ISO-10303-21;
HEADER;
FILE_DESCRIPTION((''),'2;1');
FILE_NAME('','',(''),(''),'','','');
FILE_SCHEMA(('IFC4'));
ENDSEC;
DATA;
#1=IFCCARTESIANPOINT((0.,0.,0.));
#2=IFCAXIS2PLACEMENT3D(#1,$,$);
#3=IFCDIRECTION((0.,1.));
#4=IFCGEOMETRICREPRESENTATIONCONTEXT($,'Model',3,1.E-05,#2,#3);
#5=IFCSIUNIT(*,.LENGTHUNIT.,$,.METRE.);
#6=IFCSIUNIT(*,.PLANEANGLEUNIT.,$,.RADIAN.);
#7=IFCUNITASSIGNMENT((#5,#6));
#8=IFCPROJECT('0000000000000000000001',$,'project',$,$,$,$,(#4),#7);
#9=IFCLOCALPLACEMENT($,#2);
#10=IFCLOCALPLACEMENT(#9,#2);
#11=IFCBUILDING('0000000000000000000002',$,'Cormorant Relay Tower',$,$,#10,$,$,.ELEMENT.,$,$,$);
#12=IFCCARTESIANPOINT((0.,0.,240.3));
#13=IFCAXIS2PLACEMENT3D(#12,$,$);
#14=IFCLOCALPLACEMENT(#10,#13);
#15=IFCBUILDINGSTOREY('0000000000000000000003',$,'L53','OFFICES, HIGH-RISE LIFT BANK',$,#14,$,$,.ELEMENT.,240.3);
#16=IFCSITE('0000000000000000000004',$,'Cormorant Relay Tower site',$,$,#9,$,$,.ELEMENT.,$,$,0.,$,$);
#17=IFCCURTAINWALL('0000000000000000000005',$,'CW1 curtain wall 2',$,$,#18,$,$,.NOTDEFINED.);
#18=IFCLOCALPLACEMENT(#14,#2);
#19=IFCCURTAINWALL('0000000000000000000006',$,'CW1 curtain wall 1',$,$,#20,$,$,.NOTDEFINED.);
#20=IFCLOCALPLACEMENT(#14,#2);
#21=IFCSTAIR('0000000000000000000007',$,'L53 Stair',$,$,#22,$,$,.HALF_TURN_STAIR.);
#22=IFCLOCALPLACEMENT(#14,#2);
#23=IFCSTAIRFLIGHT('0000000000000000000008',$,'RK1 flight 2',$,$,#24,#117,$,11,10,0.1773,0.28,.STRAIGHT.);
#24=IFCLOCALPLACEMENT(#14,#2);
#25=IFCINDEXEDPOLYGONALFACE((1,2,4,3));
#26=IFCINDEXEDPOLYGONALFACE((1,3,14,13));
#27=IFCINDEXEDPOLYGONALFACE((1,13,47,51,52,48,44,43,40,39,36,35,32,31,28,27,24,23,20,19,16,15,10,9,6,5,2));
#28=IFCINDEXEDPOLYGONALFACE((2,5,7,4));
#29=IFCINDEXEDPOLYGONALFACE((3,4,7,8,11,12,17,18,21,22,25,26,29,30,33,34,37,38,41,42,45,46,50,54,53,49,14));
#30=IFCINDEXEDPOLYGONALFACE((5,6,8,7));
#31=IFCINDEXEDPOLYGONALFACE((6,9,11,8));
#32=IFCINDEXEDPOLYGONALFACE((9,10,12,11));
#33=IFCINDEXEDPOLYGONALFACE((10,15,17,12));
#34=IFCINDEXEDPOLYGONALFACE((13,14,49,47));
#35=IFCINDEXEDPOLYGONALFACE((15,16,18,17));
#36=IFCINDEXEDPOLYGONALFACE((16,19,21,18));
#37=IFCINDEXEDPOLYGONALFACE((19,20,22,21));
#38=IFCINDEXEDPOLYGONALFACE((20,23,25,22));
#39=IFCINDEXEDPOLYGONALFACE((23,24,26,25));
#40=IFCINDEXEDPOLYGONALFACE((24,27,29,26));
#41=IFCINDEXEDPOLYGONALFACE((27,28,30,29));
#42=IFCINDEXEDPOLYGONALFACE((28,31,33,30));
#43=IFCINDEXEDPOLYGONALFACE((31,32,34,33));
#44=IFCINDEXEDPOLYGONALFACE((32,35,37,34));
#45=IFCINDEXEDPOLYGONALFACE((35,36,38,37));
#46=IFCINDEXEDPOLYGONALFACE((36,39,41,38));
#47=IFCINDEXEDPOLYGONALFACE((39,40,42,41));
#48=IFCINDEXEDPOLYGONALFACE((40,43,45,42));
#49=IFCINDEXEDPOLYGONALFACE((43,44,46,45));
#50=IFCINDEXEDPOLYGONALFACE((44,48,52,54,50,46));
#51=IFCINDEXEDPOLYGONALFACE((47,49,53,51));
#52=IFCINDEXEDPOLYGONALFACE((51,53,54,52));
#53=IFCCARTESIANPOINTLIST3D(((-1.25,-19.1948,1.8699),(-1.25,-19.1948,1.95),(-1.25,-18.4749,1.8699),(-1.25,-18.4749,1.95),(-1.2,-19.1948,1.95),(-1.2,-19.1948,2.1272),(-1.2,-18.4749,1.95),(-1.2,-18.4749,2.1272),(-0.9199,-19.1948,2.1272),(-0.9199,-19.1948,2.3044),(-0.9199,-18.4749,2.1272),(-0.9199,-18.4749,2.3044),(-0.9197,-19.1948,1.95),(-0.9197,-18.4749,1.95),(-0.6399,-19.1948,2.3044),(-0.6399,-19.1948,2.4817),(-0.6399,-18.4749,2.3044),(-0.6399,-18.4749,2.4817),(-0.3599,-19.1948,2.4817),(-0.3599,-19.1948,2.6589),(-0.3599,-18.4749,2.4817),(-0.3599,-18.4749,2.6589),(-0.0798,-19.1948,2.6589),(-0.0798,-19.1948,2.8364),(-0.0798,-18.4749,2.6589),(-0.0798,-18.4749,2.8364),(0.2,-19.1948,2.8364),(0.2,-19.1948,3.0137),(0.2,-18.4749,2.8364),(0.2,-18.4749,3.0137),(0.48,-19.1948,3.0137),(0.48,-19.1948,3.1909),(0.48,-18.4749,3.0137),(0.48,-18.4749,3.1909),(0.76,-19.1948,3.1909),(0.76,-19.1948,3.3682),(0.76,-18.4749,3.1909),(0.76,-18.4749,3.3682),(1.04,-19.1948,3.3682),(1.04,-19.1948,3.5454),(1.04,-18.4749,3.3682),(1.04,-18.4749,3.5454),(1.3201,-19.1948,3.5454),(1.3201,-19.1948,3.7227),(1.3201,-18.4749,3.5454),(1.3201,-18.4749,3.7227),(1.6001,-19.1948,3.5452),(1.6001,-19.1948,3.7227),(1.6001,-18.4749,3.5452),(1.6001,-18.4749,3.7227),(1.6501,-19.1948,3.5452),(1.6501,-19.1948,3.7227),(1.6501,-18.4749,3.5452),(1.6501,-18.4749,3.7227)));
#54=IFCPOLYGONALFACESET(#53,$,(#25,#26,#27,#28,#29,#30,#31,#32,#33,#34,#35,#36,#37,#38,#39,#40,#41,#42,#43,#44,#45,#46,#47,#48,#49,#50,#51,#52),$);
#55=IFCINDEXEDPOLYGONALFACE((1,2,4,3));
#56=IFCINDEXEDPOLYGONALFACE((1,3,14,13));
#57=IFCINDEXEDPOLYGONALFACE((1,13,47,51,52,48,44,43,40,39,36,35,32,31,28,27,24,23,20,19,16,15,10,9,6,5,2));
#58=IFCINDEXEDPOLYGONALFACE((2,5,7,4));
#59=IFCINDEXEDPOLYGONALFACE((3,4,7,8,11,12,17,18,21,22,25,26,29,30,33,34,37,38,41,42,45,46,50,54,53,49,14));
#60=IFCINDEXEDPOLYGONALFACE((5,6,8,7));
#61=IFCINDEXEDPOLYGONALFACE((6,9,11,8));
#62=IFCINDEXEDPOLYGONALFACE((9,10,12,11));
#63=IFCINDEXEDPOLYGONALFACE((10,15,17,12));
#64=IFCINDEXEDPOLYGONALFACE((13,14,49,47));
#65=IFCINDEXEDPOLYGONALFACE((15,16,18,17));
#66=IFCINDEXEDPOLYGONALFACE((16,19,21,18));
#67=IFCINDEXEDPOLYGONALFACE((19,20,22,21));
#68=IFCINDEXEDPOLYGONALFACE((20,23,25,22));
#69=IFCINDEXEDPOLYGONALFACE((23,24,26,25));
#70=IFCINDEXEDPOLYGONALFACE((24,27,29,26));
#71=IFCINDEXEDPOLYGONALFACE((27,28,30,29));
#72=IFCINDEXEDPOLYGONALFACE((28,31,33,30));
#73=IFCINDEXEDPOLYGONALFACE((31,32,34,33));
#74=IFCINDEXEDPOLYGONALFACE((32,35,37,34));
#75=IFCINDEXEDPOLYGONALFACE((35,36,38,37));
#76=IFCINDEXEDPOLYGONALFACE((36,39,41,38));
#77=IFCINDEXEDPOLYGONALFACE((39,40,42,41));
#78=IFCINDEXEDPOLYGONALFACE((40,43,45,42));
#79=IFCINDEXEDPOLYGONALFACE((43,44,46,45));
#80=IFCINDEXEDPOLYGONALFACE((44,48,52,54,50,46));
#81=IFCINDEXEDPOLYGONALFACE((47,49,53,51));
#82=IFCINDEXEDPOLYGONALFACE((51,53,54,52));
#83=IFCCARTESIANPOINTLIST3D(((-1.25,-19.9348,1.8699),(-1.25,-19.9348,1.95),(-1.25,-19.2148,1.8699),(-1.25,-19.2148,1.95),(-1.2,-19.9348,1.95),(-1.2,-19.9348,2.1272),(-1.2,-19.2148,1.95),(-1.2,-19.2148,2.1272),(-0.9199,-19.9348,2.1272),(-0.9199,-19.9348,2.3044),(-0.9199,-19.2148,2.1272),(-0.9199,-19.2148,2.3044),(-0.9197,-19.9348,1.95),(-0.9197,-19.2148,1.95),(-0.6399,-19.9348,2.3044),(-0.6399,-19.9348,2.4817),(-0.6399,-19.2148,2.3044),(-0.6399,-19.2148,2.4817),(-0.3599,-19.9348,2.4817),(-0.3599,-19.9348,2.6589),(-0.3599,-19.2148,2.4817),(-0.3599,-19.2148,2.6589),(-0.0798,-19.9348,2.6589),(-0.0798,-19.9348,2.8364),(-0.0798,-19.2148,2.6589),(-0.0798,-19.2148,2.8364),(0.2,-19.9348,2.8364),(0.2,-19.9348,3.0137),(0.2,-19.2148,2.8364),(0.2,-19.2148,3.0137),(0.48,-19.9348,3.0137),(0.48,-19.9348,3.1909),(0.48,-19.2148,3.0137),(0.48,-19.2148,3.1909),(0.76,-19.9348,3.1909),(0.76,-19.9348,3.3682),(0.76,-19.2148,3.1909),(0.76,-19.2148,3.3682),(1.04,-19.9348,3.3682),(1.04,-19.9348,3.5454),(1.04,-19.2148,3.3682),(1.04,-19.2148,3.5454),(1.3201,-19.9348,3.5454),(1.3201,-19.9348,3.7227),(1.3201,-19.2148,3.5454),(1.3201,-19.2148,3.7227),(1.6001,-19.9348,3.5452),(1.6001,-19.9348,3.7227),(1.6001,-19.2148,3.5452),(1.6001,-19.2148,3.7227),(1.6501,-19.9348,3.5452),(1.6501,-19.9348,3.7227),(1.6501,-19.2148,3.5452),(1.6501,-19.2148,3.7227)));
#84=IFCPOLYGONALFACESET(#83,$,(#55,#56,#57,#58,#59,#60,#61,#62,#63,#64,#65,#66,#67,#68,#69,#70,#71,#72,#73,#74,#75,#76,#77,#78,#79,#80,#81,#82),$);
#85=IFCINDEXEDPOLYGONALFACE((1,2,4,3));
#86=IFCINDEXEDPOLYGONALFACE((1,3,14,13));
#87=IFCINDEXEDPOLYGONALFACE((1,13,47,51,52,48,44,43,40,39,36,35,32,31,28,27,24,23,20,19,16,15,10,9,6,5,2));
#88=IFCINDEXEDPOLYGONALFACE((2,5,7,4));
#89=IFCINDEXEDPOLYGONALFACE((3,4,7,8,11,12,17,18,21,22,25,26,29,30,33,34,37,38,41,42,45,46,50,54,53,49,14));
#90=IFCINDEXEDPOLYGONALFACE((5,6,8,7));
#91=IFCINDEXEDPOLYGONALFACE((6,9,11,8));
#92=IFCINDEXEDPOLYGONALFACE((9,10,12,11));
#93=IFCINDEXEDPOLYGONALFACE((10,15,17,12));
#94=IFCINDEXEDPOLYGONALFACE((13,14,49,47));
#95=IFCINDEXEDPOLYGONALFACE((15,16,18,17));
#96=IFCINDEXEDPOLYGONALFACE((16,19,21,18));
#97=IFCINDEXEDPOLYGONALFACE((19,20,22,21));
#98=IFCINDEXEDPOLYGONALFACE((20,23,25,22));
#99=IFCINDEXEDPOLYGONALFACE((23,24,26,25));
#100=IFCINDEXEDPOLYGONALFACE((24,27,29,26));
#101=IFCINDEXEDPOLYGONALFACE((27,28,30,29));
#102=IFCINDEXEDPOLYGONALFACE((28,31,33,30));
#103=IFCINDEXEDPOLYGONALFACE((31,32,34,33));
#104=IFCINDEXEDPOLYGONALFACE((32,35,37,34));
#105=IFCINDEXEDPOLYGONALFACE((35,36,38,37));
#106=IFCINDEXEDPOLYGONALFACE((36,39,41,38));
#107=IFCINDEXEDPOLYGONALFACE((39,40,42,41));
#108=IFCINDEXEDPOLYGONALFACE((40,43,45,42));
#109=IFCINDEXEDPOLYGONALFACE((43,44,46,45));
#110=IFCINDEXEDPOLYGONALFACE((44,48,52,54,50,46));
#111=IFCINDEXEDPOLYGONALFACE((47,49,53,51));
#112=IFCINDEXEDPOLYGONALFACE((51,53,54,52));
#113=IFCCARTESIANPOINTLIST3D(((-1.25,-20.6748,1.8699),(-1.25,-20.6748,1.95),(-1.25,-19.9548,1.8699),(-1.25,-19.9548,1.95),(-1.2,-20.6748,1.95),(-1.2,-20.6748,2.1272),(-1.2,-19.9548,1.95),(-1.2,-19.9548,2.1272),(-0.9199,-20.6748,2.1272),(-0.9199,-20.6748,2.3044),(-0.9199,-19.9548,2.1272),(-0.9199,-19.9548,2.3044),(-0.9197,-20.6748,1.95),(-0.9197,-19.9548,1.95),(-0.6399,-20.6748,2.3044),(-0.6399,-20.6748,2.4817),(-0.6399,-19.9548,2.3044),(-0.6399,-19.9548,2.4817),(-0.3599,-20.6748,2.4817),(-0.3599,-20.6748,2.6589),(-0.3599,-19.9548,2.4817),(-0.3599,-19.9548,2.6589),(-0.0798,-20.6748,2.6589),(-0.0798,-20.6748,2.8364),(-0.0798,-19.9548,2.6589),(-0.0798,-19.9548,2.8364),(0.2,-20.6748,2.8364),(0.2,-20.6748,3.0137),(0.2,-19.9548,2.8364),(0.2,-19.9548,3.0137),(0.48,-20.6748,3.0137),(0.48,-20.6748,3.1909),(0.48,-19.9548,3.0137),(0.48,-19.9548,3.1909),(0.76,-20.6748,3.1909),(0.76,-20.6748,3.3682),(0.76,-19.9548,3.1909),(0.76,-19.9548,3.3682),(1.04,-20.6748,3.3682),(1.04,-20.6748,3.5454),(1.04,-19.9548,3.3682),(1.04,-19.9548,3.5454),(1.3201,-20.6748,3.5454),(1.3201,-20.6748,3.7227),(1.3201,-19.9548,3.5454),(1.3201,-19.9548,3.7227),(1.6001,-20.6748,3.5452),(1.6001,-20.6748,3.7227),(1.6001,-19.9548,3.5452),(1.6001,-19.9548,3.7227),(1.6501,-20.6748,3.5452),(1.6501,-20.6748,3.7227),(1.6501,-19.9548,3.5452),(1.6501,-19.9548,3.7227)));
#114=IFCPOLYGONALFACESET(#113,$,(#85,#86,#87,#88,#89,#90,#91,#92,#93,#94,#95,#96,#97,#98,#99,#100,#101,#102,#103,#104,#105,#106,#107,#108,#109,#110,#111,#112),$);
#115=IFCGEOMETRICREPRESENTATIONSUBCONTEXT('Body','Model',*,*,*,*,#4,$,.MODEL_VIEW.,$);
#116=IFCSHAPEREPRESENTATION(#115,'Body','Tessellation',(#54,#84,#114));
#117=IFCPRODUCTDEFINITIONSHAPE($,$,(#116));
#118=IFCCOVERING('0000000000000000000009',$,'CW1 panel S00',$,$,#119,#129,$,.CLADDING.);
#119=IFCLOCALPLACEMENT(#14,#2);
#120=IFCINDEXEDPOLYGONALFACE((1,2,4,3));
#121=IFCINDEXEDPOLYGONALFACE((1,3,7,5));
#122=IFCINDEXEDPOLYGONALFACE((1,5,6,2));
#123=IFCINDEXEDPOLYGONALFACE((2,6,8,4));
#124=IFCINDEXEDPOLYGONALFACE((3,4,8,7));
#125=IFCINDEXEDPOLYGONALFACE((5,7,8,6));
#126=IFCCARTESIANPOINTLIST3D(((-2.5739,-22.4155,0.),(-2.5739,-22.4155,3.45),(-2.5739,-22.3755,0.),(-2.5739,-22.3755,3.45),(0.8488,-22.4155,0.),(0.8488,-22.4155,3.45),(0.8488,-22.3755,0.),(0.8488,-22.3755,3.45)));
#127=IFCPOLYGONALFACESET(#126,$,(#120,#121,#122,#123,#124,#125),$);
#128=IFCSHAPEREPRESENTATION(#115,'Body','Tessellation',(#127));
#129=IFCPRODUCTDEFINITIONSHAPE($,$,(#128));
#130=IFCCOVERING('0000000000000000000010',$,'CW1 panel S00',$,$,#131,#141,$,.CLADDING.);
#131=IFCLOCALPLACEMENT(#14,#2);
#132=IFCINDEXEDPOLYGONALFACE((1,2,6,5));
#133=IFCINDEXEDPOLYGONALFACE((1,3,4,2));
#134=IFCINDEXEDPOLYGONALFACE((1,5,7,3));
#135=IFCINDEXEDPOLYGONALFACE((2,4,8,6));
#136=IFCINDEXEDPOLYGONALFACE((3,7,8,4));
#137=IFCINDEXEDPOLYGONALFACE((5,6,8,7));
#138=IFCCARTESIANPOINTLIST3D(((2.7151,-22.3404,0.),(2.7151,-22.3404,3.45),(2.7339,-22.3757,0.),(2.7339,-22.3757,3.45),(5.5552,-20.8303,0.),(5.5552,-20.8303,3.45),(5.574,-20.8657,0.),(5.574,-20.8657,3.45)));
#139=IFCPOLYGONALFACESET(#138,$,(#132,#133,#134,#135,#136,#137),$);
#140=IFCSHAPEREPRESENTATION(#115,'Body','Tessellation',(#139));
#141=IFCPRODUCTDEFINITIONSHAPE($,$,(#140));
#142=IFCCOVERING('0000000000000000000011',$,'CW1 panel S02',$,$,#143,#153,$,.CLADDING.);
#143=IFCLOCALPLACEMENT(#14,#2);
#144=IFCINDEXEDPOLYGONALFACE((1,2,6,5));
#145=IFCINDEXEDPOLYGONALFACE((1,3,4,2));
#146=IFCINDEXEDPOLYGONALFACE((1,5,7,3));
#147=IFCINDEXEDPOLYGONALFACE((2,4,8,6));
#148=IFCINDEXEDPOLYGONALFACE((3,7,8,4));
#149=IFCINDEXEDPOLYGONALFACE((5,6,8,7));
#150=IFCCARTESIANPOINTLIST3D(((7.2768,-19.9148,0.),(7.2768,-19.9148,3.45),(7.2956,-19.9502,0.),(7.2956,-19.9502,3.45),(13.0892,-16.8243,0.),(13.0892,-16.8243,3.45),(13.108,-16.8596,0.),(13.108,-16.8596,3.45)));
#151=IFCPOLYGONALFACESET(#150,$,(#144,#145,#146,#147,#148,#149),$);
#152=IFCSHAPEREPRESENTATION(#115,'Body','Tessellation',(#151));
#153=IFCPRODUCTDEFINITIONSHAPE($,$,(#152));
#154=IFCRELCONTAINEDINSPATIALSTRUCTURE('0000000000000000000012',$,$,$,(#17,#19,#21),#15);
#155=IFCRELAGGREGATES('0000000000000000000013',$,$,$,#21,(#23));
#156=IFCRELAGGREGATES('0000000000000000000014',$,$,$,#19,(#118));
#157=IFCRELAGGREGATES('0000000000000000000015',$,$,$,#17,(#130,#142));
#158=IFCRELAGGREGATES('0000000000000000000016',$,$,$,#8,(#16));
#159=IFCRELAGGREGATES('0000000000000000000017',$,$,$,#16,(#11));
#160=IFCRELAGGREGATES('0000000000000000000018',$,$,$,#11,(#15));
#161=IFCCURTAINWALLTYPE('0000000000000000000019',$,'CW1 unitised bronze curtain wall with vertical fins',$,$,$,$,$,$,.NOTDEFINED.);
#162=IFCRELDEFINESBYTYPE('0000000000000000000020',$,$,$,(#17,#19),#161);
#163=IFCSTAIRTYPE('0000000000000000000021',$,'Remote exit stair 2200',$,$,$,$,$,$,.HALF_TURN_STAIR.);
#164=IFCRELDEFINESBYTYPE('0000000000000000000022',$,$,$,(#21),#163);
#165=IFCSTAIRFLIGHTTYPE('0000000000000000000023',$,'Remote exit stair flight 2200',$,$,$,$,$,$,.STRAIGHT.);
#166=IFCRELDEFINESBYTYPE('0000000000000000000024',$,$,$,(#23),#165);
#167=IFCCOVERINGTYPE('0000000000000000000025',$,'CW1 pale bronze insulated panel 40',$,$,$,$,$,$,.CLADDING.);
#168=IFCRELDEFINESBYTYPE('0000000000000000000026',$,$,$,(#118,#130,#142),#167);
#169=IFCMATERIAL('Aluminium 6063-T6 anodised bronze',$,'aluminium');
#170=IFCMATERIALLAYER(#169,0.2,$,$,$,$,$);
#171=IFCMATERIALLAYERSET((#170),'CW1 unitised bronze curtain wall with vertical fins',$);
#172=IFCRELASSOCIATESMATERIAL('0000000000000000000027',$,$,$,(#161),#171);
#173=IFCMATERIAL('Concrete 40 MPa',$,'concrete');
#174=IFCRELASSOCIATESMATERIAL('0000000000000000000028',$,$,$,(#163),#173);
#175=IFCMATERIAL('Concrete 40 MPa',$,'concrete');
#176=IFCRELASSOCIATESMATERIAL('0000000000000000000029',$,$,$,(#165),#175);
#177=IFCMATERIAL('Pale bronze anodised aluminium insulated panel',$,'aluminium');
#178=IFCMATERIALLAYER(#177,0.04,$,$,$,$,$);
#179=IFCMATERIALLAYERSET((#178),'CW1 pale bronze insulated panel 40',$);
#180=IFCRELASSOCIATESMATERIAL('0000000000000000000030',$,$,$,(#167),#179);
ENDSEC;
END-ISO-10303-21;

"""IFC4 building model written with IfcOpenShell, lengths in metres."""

from ifc_helpers import new_model, si_unit, direction, frame, origin, origin_2d, place, context, subcontext, project, spatial, polyline, rectangle, outline, extrude, material, layer, layer_set, type_object, element, aggregate, save


model = new_model("IFC4")

# Units and contexts
model_context = context("Model", 3, precision=1e-05, world=origin(), true_north=direction((0.0, 1.0)))
body_context = subcontext(model_context, "Body", "Model", "MODEL_VIEW")
ifc_project = project(units=[si_unit("LENGTHUNIT", "METRE"), si_unit("PLANEANGLEUNIT", "RADIAN")], contexts=[model_context])

# Site, building, storey
site_placement = place(None, origin())
site = spatial("IfcSite", under=ifc_project, at=site_placement, Name="Cormorant Relay Tower site", CompositionType="ELEMENT", RefElevation=0.0)
building_placement = place(site_placement, origin())
building = spatial("IfcBuilding", under=site, at=building_placement, Name="Cormorant Relay Tower", CompositionType="ELEMENT")
storey_placement = place(building_placement, frame((0.0, 0.0, 240.3)))
storey = spatial("IfcBuildingStorey", under=building, at=storey_placement, Name="L53", Description="OFFICES, HIGH-RISE LIFT BANK", CompositionType="ELEMENT", Elevation=240.3)

# Curtain wall
ifc_material_1 = material(Name="Aluminium 6063-T6 anodised bronze", Category="aluminium")
ifc_layer_1 = layer(ifc_material_1, 0.2)
ifc_layer_set_1 = layer_set([ifc_layer_1], Name="CW1 unitised bronze curtain wall with vertical fins")
curtain_wall_type = type_object("IfcCurtainWallType", Name="CW1 unitised bronze curtain wall with vertical fins", PredefinedType="NOTDEFINED", material=ifc_layer_set_1)
curtain_wall_1_placement = place(storey_placement, origin())
curtain_wall_1 = element("IfcCurtainWall", 1, at=curtain_wall_1_placement, inside=storey, type_object=curtain_wall_type, Name="CW1 curtain wall 2", PredefinedType="NOTDEFINED")

# Curtain wall
curtain_wall_2_placement = place(storey_placement, origin())
curtain_wall_2 = element("IfcCurtainWall", 2, at=curtain_wall_2_placement, inside=storey, type_object=curtain_wall_type, Name="CW1 curtain wall 1", PredefinedType="NOTDEFINED")

# Stair, stair flight
ifc_material_2 = material(Name="Concrete 40 MPa", Category="concrete")
stair_type = type_object("IfcStairType", Name="Remote exit stair 2200", PredefinedType="HALF_TURN_STAIR", material=ifc_material_2)
stair_placement = place(storey_placement, origin())
stair = element("IfcStair", 3, at=stair_placement, inside=storey, type_object=stair_type, Name="L53 Stair", PredefinedType="HALF_TURN_STAIR")
ifc_material_3 = material(Name="Concrete 40 MPa", Category="concrete")
stair_flight_type = type_object("IfcStairFlightType", Name="Remote exit stair flight 2200", PredefinedType="STRAIGHT", material=ifc_material_3)
stair_flight_1_placement = place(storey_placement, frame((-1.2, -19.575, 1.95), z_axis=(0.0, 0.0, 1.0), x_axis=(1.0, 0.0, 0.0)))
stair_flight_1 = element("IfcStairFlight", 4, at=stair_flight_1_placement, type_object=stair_flight_type, Name="RK1 flight 2", NumberOfRisers=11, NumberOfTreads=10, PredefinedType="STRAIGHT", RiserHeight=0.1773, TreadLength=0.28, context=body_context, shape_type="SweptSolid", body=[
    extrude(outline(polyline([(-0.05, -0.0801), (-0.05, 0.0), (0.0, 0.0), (0.0, 0.1772), (0.28, 0.1772), (0.28, 0.3545), (0.5601, 0.3545), (0.5601, 0.5317), (0.8401, 0.5317), (0.8401, 0.709), (1.1201, 0.709), (1.1201, 0.8865), (1.3999, 0.8865), (1.3999, 1.0637), (1.6799, 1.0637), (1.6799, 1.241), (1.96, 1.241), (1.96, 1.4182), (2.24, 1.4182), (2.24, 1.5955), (2.52, 1.5955), (2.52, 1.7727), (2.8, 1.7727), (2.8501, 1.7727), (2.8501, 1.5952), (2.8, 1.5952), (0.2803, 0.0), (-0.05, -0.0801)])), frame((0.0, 1.1001, 0.0), z_axis=(0.0, -1.0, 0.0), x_axis=(1.0, 0.0, 0.0)), (0.0, 0.0, 1.0), 0.72),
    extrude(outline(polyline([(-0.05, -0.0801), (-0.05, 0.0), (0.0, 0.0), (0.0, 0.1772), (0.28, 0.1772), (0.28, 0.3545), (0.5601, 0.3545), (0.5601, 0.5317), (0.8401, 0.5317), (0.8401, 0.709), (1.1201, 0.709), (1.1201, 0.8865), (1.3999, 0.8865), (1.3999, 1.0637), (1.6799, 1.0637), (1.6799, 1.241), (1.96, 1.241), (1.96, 1.4182), (2.24, 1.4182), (2.24, 1.5955), (2.52, 1.5955), (2.52, 1.7727), (2.8, 1.7727), (2.8501, 1.7727), (2.8501, 1.5952), (2.8, 1.5952), (0.2803, 0.0), (-0.05, -0.0801)])), frame((0.0, 0.3601, 0.0), z_axis=(0.0, -1.0, 0.0), x_axis=(1.0, 0.0, 0.0)), (0.0, 0.0, 1.0), 0.72),
    extrude(outline(polyline([(-0.05, -0.0801), (-0.05, 0.0), (0.0, 0.0), (0.0, 0.1772), (0.28, 0.1772), (0.28, 0.3545), (0.5601, 0.3545), (0.5601, 0.5317), (0.8401, 0.5317), (0.8401, 0.709), (1.1201, 0.709), (1.1201, 0.8865), (1.3999, 0.8865), (1.3999, 1.0637), (1.6799, 1.0637), (1.6799, 1.241), (1.96, 1.241), (1.96, 1.4182), (2.24, 1.4182), (2.24, 1.5955), (2.52, 1.5955), (2.52, 1.7727), (2.8, 1.7727), (2.8501, 1.7727), (2.8501, 1.5952), (2.8, 1.5952), (0.2803, 0.0), (-0.05, -0.0801)])), frame((0.0, -0.3799, 0.0), z_axis=(0.0, -1.0, 0.0), x_axis=(1.0, 0.0, 0.0)), (0.0, 0.0, 1.0), 0.72),
])
aggregate(stair, [stair_flight_1])

# Coverings
ifc_material_4 = material(Name="Pale bronze anodised aluminium insulated panel", Category="aluminium")
ifc_layer_2 = layer(ifc_material_4, 0.04)
ifc_layer_set_2 = layer_set([ifc_layer_2], Name="CW1 pale bronze insulated panel 40")
covering_type = type_object("IfcCoveringType", Name="CW1 pale bronze insulated panel 40", PredefinedType="CLADDING", material=ifc_layer_set_2)
covering_1_placement = place(storey_placement, frame((-0.8625, -22.3955, 0.0), z_axis=(0.0, 0.0, 1.0), x_axis=(1.0, 0.0, 0.0)))
covering_1 = element("IfcCovering", 5, at=covering_1_placement, type_object=covering_type, Name="CW1 panel S00", PredefinedType="CLADDING", context=body_context, shape_type="SweptSolid", body=[
    extrude(rectangle(XDim=3.4226, YDim=0.04, at=origin_2d()), origin(), (0.0, 0.0, 1.0), 3.45),
])
aggregate(curtain_wall_2, [covering_1])
covering_2_placement = place(storey_placement, frame((4.1445, -21.603, 0.0), z_axis=(0.0, 0.0, 1.0), x_axis=(0.882948, 0.469472, 0.0)))
covering_2 = element("IfcCovering", 6, at=covering_2_placement, type_object=covering_type, Name="CW1 panel S00", PredefinedType="CLADDING", context=body_context, shape_type="SweptSolid", body=[
    extrude(rectangle(XDim=3.2166, YDim=0.04, at=origin_2d()), origin(), (0.0, 0.0, 1.0), 3.45),
])
covering_3_placement = place(storey_placement, frame((10.1924, -18.3872, 0.0), z_axis=(0.0, 0.0, 1.0), x_axis=(0.882948, 0.469472, 0.0)))
covering_3 = element("IfcCovering", 7, at=covering_3_placement, type_object=covering_type, Name="CW1 panel S02", PredefinedType="CLADDING", context=body_context, shape_type="SweptSolid", body=[
    extrude(rectangle(XDim=6.583, YDim=0.04, at=origin_2d()), origin(), (0.0, 0.0, 1.0), 3.45),
])
aggregate(curtain_wall_1, [covering_2, covering_3])

save(model, "model.ifc")
